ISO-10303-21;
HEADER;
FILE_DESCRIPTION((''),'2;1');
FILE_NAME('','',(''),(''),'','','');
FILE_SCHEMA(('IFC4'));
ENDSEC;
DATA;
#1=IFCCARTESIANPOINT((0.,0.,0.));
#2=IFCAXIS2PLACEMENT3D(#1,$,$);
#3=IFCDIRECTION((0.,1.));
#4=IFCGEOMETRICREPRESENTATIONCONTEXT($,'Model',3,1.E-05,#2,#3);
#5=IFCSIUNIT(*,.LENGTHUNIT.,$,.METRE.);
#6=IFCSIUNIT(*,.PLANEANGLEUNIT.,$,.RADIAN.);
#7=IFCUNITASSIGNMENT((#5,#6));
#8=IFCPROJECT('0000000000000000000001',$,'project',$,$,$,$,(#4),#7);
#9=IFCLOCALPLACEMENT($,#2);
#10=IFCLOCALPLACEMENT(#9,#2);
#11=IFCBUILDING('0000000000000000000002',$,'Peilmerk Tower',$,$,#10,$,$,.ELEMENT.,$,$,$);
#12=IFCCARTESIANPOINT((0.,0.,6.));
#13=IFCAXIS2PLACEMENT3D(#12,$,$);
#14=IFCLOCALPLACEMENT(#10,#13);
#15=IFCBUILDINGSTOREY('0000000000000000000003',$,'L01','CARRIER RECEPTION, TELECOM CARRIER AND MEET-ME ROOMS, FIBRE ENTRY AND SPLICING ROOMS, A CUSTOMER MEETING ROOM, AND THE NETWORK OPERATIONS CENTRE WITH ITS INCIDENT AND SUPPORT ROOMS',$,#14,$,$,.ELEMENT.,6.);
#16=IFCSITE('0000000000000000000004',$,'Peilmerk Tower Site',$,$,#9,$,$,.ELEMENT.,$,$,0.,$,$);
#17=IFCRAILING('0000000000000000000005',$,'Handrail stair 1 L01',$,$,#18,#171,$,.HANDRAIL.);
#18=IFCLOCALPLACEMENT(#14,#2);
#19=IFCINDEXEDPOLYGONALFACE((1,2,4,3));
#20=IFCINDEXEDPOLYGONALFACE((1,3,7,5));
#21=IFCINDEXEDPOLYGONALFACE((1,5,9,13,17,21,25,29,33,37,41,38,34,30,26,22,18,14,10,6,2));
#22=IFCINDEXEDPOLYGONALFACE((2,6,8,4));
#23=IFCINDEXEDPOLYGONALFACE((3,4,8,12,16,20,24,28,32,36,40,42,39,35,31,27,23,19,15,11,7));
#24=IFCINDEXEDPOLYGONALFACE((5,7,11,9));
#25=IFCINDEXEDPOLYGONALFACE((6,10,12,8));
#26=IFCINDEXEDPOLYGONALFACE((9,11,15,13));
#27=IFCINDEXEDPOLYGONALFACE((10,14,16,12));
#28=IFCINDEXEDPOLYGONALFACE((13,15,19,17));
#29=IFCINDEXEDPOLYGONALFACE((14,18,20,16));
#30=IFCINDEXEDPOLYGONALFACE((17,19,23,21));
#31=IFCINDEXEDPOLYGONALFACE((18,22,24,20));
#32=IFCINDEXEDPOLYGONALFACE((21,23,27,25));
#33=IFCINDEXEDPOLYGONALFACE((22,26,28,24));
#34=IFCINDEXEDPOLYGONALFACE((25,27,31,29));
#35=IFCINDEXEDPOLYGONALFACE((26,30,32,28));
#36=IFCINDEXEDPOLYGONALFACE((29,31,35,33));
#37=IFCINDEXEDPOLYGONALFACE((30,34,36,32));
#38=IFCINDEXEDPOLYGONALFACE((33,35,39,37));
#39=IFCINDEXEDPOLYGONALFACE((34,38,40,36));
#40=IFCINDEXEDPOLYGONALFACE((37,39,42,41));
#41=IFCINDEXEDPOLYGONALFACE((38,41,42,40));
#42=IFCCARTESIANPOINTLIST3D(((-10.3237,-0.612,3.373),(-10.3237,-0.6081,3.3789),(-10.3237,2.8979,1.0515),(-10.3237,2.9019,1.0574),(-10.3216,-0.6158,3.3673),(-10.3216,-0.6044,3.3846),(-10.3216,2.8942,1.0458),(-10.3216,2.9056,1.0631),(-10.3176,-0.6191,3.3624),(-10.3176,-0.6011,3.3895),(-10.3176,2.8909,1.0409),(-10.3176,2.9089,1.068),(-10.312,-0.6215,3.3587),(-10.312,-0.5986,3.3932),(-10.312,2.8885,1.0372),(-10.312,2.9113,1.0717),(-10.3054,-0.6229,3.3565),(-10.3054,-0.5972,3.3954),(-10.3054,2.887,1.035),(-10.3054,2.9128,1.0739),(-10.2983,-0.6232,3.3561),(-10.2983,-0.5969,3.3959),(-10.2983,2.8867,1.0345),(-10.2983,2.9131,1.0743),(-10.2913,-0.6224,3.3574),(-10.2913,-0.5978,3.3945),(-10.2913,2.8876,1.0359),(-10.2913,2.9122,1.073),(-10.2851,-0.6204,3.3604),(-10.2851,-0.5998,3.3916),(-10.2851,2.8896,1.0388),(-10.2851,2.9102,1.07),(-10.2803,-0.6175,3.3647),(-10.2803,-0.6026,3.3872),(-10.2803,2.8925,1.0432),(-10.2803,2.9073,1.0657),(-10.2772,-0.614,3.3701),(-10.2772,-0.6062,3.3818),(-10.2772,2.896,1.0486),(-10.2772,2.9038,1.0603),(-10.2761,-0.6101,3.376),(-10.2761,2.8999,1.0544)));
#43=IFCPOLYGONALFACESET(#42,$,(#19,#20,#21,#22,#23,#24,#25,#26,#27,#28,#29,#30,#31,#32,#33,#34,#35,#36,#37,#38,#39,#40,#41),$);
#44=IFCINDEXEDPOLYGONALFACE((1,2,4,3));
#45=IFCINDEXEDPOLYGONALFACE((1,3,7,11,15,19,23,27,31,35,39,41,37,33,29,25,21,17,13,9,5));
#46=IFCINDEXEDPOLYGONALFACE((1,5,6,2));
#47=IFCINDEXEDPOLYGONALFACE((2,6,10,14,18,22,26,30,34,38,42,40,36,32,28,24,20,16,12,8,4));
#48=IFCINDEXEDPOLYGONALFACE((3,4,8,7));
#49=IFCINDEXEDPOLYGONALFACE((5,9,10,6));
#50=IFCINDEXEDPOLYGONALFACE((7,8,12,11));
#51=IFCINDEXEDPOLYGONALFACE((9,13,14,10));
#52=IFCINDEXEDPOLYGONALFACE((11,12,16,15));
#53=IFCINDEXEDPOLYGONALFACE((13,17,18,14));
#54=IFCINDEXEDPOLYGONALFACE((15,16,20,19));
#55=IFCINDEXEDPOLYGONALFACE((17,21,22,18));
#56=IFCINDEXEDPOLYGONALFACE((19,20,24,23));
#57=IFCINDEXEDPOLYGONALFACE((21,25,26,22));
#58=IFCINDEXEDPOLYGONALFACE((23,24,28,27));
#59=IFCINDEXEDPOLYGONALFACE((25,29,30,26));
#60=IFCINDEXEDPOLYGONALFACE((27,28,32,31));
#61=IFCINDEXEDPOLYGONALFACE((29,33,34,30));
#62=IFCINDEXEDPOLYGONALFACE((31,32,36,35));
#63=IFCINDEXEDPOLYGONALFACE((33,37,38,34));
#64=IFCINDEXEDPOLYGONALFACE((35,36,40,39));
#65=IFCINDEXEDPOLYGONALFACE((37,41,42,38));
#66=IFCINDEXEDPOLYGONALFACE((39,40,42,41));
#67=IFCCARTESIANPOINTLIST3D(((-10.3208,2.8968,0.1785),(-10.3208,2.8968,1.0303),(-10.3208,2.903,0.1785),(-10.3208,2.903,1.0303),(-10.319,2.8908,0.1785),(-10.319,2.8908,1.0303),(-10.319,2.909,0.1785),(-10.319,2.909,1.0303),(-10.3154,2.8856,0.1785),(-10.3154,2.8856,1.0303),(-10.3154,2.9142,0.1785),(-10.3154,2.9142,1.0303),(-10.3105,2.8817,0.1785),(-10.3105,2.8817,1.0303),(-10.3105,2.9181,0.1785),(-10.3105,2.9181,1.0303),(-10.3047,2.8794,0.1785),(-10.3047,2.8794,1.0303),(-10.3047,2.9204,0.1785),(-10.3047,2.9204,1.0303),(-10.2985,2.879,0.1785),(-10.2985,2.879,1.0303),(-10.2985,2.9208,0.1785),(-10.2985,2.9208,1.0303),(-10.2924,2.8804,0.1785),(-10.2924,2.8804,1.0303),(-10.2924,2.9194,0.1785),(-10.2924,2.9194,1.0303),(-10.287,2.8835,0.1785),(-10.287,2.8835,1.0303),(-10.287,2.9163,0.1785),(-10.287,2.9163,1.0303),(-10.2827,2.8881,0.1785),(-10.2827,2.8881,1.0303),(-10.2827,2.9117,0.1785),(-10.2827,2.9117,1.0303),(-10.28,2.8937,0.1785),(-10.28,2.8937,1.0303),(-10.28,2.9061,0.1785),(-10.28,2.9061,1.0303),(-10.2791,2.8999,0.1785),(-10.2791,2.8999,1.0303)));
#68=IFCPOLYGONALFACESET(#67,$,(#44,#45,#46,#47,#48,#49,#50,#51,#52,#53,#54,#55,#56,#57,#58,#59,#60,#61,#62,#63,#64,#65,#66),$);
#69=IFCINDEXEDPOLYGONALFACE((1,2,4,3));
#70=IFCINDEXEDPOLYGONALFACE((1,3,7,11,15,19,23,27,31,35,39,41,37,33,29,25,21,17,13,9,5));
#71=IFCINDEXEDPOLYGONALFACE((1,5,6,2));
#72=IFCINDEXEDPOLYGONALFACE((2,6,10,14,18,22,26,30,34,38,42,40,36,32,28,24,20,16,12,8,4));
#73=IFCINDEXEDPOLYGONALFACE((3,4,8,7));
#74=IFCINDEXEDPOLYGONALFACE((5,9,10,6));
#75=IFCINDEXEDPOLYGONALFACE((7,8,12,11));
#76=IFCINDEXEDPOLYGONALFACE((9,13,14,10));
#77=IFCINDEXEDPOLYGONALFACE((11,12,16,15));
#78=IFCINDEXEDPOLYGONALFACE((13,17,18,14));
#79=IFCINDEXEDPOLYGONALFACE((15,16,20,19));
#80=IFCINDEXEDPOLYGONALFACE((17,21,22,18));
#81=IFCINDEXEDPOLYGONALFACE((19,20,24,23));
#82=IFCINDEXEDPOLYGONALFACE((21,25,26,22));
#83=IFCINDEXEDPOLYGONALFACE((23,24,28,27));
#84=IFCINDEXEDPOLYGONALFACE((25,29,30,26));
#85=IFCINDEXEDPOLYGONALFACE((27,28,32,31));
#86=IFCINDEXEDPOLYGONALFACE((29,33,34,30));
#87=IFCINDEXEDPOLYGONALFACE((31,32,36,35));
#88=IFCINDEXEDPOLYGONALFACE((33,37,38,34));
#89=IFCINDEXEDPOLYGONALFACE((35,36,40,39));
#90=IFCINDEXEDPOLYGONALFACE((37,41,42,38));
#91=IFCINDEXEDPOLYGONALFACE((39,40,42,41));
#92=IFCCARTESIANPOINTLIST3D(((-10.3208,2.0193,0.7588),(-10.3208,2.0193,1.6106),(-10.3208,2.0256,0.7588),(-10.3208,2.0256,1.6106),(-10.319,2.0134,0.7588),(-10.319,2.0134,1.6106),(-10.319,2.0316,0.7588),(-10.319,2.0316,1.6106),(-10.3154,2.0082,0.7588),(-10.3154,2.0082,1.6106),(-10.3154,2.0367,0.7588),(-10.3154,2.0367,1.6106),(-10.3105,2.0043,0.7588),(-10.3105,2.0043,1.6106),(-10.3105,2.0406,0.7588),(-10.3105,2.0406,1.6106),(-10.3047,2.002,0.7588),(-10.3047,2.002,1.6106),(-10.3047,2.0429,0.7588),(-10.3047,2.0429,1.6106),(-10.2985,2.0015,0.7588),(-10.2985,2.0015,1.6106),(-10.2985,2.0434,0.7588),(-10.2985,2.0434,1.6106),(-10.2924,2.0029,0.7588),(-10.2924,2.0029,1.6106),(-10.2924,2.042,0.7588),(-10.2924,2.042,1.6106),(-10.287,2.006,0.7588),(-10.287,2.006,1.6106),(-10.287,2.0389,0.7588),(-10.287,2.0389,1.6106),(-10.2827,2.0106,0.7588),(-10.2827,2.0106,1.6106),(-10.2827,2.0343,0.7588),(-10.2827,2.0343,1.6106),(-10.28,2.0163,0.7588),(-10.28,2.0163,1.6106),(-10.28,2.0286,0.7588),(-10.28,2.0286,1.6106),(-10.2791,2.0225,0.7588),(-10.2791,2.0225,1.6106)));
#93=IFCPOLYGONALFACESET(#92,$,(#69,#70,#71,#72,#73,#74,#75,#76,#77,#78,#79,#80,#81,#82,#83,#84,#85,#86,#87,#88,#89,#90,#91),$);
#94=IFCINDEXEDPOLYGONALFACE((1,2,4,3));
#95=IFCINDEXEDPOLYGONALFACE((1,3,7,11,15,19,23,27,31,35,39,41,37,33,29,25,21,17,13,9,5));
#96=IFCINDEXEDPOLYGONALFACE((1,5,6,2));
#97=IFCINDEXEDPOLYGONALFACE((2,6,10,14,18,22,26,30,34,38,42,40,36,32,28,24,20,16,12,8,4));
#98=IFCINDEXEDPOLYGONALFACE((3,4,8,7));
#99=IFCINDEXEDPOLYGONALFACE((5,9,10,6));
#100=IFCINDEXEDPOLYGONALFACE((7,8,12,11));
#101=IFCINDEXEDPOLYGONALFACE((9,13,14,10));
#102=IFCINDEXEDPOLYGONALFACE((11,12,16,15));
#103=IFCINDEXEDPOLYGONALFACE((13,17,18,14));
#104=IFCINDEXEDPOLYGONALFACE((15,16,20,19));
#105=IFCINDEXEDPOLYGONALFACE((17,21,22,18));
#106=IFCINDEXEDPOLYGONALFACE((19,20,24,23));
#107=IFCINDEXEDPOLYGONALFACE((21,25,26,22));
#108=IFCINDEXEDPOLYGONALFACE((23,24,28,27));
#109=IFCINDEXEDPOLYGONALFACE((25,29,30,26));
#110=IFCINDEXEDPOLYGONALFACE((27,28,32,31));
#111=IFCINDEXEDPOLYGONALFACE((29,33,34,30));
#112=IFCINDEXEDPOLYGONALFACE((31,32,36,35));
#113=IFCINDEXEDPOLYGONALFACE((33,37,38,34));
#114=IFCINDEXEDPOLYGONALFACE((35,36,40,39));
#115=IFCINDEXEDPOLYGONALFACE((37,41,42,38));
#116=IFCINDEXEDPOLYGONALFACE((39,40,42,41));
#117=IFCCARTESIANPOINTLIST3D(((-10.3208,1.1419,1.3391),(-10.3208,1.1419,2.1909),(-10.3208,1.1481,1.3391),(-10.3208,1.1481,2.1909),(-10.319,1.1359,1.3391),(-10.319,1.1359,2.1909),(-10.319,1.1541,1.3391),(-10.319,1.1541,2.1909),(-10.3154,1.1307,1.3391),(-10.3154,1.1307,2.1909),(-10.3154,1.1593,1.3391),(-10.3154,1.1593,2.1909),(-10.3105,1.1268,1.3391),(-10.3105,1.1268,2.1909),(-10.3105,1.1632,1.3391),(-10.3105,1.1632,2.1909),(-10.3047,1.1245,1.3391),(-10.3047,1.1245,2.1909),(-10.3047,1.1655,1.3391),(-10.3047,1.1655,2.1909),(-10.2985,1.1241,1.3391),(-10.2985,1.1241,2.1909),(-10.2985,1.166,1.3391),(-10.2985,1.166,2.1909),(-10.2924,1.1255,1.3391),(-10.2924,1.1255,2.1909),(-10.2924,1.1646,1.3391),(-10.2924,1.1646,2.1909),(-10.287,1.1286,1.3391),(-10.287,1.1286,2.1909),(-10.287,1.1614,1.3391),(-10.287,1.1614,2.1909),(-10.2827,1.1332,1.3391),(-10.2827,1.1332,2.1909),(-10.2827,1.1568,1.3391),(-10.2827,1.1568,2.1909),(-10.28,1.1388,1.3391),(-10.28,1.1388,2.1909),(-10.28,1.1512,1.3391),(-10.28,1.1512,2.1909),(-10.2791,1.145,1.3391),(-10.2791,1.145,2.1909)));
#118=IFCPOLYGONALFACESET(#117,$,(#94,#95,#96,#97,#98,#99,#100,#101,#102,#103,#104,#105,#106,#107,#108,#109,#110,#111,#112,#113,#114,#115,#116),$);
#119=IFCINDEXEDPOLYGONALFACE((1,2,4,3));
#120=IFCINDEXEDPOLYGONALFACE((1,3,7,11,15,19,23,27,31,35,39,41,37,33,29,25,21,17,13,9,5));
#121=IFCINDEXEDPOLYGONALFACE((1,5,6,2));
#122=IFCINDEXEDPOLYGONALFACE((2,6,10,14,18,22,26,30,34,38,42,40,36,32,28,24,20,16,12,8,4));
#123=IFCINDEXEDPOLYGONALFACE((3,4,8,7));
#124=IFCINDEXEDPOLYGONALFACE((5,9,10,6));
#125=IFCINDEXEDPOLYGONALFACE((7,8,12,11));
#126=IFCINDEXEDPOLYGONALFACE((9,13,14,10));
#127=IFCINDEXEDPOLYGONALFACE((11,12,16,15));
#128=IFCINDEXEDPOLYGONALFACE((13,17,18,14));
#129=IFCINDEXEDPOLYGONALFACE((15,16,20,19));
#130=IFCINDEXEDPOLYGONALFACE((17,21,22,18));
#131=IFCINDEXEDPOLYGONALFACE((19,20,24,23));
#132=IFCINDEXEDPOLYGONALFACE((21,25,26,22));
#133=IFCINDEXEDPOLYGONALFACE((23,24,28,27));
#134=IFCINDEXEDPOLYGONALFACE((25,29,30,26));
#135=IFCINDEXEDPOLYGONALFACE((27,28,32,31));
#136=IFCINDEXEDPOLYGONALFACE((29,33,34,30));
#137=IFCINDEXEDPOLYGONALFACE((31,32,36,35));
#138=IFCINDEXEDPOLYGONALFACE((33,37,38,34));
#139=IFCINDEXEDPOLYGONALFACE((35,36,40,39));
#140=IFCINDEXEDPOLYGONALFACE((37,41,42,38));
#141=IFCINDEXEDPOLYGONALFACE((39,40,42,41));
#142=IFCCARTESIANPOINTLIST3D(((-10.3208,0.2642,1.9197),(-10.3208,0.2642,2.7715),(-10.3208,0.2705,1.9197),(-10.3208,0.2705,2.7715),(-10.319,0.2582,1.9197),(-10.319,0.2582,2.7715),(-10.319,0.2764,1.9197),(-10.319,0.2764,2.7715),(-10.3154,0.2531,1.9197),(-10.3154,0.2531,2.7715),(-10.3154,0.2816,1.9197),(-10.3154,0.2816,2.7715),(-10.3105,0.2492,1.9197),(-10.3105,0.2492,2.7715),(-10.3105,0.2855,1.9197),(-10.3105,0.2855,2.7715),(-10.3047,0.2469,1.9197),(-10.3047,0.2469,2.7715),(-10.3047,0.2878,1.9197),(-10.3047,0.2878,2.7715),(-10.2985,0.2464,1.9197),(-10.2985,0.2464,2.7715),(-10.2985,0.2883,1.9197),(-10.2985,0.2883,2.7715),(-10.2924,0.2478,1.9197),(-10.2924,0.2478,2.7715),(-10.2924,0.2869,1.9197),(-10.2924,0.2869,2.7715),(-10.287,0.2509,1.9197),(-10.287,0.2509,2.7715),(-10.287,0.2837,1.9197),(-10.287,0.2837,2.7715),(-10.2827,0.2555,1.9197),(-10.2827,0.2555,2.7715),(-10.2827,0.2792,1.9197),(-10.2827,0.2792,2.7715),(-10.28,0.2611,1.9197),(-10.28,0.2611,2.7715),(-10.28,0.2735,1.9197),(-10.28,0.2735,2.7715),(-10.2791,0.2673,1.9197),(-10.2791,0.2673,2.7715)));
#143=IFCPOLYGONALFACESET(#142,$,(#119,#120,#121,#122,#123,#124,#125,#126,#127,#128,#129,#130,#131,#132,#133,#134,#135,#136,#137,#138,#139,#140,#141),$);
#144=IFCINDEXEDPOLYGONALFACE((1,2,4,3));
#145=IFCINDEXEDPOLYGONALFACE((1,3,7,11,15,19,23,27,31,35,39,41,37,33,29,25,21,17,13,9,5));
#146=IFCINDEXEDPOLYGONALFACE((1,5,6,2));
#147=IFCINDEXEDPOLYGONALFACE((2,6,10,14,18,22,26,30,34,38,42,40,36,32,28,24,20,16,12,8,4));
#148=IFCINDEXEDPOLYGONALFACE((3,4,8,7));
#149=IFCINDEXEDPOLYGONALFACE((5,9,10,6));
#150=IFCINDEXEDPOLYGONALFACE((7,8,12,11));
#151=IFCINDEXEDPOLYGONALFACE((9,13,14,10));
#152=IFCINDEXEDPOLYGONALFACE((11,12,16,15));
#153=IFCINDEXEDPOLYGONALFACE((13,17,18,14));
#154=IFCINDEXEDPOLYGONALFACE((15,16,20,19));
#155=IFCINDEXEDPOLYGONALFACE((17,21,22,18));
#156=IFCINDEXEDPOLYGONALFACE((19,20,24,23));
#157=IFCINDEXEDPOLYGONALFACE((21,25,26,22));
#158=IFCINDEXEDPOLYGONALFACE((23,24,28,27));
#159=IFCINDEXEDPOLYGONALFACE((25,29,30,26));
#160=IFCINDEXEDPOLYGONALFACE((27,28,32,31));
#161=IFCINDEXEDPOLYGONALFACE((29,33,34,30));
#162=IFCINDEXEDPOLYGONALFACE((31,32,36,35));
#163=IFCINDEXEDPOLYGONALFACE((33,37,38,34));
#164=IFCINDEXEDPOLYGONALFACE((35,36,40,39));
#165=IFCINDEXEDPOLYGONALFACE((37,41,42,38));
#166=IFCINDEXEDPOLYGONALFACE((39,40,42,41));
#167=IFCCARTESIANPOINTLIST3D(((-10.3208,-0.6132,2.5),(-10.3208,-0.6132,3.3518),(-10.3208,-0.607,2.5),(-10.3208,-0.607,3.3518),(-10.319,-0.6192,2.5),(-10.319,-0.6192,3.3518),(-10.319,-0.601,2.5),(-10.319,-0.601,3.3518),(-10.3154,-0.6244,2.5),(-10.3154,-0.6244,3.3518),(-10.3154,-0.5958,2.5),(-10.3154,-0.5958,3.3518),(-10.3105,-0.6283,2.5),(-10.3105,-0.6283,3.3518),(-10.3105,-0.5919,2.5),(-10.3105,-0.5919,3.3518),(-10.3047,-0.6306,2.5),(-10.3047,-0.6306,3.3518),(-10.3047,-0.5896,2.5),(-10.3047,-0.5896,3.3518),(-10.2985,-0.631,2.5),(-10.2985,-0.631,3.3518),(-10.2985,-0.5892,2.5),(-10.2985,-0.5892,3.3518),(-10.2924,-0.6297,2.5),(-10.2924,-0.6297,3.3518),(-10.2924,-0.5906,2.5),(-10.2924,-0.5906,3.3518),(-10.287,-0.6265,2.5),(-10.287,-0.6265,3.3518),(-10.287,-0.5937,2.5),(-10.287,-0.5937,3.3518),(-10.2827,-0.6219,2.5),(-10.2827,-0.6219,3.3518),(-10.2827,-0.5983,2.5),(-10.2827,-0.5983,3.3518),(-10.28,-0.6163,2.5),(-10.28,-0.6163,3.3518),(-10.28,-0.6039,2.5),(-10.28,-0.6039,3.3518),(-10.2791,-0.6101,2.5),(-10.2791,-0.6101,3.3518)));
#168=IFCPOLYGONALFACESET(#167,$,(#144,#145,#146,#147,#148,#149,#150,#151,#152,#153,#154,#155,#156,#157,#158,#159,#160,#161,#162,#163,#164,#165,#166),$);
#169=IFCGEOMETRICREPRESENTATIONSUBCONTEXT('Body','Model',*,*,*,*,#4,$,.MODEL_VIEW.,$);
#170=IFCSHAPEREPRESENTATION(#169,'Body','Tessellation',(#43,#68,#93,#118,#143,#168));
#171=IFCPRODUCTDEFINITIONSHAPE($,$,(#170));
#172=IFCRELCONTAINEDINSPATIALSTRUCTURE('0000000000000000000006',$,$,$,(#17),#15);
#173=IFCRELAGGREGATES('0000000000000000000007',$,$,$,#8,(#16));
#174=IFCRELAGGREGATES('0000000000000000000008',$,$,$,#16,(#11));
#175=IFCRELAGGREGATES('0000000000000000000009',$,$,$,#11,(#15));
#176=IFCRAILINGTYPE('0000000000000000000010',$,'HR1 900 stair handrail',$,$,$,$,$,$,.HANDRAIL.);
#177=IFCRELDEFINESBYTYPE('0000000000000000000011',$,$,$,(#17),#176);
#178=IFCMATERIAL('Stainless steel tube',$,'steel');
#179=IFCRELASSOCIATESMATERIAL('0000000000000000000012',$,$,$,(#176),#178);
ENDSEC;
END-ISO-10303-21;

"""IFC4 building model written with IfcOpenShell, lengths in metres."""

from ifc_helpers import new_model, si_unit, direction, frame, origin, origin_2d, place, context, subcontext, project, spatial, circle, extrude, material, type_object, element, save


model = new_model("IFC4")

# Units and contexts
model_context = context("Model", 3, precision=1e-05, world=origin(), true_north=direction((0.0, 1.0)))
body_context = subcontext(model_context, "Body", "Model", "MODEL_VIEW")
ifc_project = project(units=[si_unit("LENGTHUNIT", "METRE"), si_unit("PLANEANGLEUNIT", "RADIAN")], contexts=[model_context])

# Site, building, storey
site_placement = place(None, origin())
site = spatial("IfcSite", under=ifc_project, at=site_placement, Name="Peilmerk Tower Site", CompositionType="ELEMENT", RefElevation=0.0)
building_placement = place(site_placement, origin())
building = spatial("IfcBuilding", under=site, at=building_placement, Name="Peilmerk Tower", CompositionType="ELEMENT")
storey_placement = place(building_placement, frame((0.0, 0.0, 6.0)))
storey = spatial("IfcBuildingStorey", under=building, at=storey_placement, Name="L01", Description="CARRIER RECEPTION, TELECOM CARRIER AND MEET-ME ROOMS, FIBRE ENTRY AND SPLICING ROOMS, A CUSTOMER MEETING ROOM, AND THE NETWORK OPERATIONS CENTRE WITH ITS INCIDENT AND SUPPORT ROOMS", CompositionType="ELEMENT", Elevation=6.0)

# Railing
ifc_material_1 = material(Name="Stainless steel tube", Category="steel")
railing_type_1 = type_object("IfcRailingType", Name="HR1 900 stair handrail", PredefinedType="HANDRAIL", material=ifc_material_1)
railing_1_placement = place(storey_placement, frame((-10.3, 2.8999, 0.1785)))
element("IfcRailing", 1, at=railing_1_placement, inside=storey, type_object=railing_type_1, Name="Handrail stair 1 L01", PredefinedType="HANDRAIL", context=body_context, shape_type="SweptSolid", body=[
    extrude(circle(Radius=0.0239, at=origin_2d()), frame((0.0, 0.0, 0.876), z_axis=(0.0, -0.834071, 0.551657), x_axis=(1.0, 0.0, 0.0)), (0.0, 0.0, 1.0), 4.2083),
    extrude(circle(Radius=0.021, at=origin_2d()), origin(), (0.0, 0.0, 1.0), 0.8518),
    extrude(circle(Radius=0.021, at=origin_2d()), frame((0.0, -0.8774, 0.5803)), (0.0, 0.0, 1.0), 0.8518),
    extrude(circle(Radius=0.021, at=origin_2d()), frame((0.0, -1.7549, 1.1606)), (0.0, 0.0, 1.0), 0.8518),
    extrude(circle(Radius=0.021, at=origin_2d()), frame((0.0, -2.6326, 1.7412)), (0.0, 0.0, 1.0), 0.8518),
    extrude(circle(Radius=0.021, at=origin_2d()), frame((0.0, -3.51, 2.3215)), (0.0, 0.0, 1.0), 0.8518),
])

save(model, "model.ifc")
